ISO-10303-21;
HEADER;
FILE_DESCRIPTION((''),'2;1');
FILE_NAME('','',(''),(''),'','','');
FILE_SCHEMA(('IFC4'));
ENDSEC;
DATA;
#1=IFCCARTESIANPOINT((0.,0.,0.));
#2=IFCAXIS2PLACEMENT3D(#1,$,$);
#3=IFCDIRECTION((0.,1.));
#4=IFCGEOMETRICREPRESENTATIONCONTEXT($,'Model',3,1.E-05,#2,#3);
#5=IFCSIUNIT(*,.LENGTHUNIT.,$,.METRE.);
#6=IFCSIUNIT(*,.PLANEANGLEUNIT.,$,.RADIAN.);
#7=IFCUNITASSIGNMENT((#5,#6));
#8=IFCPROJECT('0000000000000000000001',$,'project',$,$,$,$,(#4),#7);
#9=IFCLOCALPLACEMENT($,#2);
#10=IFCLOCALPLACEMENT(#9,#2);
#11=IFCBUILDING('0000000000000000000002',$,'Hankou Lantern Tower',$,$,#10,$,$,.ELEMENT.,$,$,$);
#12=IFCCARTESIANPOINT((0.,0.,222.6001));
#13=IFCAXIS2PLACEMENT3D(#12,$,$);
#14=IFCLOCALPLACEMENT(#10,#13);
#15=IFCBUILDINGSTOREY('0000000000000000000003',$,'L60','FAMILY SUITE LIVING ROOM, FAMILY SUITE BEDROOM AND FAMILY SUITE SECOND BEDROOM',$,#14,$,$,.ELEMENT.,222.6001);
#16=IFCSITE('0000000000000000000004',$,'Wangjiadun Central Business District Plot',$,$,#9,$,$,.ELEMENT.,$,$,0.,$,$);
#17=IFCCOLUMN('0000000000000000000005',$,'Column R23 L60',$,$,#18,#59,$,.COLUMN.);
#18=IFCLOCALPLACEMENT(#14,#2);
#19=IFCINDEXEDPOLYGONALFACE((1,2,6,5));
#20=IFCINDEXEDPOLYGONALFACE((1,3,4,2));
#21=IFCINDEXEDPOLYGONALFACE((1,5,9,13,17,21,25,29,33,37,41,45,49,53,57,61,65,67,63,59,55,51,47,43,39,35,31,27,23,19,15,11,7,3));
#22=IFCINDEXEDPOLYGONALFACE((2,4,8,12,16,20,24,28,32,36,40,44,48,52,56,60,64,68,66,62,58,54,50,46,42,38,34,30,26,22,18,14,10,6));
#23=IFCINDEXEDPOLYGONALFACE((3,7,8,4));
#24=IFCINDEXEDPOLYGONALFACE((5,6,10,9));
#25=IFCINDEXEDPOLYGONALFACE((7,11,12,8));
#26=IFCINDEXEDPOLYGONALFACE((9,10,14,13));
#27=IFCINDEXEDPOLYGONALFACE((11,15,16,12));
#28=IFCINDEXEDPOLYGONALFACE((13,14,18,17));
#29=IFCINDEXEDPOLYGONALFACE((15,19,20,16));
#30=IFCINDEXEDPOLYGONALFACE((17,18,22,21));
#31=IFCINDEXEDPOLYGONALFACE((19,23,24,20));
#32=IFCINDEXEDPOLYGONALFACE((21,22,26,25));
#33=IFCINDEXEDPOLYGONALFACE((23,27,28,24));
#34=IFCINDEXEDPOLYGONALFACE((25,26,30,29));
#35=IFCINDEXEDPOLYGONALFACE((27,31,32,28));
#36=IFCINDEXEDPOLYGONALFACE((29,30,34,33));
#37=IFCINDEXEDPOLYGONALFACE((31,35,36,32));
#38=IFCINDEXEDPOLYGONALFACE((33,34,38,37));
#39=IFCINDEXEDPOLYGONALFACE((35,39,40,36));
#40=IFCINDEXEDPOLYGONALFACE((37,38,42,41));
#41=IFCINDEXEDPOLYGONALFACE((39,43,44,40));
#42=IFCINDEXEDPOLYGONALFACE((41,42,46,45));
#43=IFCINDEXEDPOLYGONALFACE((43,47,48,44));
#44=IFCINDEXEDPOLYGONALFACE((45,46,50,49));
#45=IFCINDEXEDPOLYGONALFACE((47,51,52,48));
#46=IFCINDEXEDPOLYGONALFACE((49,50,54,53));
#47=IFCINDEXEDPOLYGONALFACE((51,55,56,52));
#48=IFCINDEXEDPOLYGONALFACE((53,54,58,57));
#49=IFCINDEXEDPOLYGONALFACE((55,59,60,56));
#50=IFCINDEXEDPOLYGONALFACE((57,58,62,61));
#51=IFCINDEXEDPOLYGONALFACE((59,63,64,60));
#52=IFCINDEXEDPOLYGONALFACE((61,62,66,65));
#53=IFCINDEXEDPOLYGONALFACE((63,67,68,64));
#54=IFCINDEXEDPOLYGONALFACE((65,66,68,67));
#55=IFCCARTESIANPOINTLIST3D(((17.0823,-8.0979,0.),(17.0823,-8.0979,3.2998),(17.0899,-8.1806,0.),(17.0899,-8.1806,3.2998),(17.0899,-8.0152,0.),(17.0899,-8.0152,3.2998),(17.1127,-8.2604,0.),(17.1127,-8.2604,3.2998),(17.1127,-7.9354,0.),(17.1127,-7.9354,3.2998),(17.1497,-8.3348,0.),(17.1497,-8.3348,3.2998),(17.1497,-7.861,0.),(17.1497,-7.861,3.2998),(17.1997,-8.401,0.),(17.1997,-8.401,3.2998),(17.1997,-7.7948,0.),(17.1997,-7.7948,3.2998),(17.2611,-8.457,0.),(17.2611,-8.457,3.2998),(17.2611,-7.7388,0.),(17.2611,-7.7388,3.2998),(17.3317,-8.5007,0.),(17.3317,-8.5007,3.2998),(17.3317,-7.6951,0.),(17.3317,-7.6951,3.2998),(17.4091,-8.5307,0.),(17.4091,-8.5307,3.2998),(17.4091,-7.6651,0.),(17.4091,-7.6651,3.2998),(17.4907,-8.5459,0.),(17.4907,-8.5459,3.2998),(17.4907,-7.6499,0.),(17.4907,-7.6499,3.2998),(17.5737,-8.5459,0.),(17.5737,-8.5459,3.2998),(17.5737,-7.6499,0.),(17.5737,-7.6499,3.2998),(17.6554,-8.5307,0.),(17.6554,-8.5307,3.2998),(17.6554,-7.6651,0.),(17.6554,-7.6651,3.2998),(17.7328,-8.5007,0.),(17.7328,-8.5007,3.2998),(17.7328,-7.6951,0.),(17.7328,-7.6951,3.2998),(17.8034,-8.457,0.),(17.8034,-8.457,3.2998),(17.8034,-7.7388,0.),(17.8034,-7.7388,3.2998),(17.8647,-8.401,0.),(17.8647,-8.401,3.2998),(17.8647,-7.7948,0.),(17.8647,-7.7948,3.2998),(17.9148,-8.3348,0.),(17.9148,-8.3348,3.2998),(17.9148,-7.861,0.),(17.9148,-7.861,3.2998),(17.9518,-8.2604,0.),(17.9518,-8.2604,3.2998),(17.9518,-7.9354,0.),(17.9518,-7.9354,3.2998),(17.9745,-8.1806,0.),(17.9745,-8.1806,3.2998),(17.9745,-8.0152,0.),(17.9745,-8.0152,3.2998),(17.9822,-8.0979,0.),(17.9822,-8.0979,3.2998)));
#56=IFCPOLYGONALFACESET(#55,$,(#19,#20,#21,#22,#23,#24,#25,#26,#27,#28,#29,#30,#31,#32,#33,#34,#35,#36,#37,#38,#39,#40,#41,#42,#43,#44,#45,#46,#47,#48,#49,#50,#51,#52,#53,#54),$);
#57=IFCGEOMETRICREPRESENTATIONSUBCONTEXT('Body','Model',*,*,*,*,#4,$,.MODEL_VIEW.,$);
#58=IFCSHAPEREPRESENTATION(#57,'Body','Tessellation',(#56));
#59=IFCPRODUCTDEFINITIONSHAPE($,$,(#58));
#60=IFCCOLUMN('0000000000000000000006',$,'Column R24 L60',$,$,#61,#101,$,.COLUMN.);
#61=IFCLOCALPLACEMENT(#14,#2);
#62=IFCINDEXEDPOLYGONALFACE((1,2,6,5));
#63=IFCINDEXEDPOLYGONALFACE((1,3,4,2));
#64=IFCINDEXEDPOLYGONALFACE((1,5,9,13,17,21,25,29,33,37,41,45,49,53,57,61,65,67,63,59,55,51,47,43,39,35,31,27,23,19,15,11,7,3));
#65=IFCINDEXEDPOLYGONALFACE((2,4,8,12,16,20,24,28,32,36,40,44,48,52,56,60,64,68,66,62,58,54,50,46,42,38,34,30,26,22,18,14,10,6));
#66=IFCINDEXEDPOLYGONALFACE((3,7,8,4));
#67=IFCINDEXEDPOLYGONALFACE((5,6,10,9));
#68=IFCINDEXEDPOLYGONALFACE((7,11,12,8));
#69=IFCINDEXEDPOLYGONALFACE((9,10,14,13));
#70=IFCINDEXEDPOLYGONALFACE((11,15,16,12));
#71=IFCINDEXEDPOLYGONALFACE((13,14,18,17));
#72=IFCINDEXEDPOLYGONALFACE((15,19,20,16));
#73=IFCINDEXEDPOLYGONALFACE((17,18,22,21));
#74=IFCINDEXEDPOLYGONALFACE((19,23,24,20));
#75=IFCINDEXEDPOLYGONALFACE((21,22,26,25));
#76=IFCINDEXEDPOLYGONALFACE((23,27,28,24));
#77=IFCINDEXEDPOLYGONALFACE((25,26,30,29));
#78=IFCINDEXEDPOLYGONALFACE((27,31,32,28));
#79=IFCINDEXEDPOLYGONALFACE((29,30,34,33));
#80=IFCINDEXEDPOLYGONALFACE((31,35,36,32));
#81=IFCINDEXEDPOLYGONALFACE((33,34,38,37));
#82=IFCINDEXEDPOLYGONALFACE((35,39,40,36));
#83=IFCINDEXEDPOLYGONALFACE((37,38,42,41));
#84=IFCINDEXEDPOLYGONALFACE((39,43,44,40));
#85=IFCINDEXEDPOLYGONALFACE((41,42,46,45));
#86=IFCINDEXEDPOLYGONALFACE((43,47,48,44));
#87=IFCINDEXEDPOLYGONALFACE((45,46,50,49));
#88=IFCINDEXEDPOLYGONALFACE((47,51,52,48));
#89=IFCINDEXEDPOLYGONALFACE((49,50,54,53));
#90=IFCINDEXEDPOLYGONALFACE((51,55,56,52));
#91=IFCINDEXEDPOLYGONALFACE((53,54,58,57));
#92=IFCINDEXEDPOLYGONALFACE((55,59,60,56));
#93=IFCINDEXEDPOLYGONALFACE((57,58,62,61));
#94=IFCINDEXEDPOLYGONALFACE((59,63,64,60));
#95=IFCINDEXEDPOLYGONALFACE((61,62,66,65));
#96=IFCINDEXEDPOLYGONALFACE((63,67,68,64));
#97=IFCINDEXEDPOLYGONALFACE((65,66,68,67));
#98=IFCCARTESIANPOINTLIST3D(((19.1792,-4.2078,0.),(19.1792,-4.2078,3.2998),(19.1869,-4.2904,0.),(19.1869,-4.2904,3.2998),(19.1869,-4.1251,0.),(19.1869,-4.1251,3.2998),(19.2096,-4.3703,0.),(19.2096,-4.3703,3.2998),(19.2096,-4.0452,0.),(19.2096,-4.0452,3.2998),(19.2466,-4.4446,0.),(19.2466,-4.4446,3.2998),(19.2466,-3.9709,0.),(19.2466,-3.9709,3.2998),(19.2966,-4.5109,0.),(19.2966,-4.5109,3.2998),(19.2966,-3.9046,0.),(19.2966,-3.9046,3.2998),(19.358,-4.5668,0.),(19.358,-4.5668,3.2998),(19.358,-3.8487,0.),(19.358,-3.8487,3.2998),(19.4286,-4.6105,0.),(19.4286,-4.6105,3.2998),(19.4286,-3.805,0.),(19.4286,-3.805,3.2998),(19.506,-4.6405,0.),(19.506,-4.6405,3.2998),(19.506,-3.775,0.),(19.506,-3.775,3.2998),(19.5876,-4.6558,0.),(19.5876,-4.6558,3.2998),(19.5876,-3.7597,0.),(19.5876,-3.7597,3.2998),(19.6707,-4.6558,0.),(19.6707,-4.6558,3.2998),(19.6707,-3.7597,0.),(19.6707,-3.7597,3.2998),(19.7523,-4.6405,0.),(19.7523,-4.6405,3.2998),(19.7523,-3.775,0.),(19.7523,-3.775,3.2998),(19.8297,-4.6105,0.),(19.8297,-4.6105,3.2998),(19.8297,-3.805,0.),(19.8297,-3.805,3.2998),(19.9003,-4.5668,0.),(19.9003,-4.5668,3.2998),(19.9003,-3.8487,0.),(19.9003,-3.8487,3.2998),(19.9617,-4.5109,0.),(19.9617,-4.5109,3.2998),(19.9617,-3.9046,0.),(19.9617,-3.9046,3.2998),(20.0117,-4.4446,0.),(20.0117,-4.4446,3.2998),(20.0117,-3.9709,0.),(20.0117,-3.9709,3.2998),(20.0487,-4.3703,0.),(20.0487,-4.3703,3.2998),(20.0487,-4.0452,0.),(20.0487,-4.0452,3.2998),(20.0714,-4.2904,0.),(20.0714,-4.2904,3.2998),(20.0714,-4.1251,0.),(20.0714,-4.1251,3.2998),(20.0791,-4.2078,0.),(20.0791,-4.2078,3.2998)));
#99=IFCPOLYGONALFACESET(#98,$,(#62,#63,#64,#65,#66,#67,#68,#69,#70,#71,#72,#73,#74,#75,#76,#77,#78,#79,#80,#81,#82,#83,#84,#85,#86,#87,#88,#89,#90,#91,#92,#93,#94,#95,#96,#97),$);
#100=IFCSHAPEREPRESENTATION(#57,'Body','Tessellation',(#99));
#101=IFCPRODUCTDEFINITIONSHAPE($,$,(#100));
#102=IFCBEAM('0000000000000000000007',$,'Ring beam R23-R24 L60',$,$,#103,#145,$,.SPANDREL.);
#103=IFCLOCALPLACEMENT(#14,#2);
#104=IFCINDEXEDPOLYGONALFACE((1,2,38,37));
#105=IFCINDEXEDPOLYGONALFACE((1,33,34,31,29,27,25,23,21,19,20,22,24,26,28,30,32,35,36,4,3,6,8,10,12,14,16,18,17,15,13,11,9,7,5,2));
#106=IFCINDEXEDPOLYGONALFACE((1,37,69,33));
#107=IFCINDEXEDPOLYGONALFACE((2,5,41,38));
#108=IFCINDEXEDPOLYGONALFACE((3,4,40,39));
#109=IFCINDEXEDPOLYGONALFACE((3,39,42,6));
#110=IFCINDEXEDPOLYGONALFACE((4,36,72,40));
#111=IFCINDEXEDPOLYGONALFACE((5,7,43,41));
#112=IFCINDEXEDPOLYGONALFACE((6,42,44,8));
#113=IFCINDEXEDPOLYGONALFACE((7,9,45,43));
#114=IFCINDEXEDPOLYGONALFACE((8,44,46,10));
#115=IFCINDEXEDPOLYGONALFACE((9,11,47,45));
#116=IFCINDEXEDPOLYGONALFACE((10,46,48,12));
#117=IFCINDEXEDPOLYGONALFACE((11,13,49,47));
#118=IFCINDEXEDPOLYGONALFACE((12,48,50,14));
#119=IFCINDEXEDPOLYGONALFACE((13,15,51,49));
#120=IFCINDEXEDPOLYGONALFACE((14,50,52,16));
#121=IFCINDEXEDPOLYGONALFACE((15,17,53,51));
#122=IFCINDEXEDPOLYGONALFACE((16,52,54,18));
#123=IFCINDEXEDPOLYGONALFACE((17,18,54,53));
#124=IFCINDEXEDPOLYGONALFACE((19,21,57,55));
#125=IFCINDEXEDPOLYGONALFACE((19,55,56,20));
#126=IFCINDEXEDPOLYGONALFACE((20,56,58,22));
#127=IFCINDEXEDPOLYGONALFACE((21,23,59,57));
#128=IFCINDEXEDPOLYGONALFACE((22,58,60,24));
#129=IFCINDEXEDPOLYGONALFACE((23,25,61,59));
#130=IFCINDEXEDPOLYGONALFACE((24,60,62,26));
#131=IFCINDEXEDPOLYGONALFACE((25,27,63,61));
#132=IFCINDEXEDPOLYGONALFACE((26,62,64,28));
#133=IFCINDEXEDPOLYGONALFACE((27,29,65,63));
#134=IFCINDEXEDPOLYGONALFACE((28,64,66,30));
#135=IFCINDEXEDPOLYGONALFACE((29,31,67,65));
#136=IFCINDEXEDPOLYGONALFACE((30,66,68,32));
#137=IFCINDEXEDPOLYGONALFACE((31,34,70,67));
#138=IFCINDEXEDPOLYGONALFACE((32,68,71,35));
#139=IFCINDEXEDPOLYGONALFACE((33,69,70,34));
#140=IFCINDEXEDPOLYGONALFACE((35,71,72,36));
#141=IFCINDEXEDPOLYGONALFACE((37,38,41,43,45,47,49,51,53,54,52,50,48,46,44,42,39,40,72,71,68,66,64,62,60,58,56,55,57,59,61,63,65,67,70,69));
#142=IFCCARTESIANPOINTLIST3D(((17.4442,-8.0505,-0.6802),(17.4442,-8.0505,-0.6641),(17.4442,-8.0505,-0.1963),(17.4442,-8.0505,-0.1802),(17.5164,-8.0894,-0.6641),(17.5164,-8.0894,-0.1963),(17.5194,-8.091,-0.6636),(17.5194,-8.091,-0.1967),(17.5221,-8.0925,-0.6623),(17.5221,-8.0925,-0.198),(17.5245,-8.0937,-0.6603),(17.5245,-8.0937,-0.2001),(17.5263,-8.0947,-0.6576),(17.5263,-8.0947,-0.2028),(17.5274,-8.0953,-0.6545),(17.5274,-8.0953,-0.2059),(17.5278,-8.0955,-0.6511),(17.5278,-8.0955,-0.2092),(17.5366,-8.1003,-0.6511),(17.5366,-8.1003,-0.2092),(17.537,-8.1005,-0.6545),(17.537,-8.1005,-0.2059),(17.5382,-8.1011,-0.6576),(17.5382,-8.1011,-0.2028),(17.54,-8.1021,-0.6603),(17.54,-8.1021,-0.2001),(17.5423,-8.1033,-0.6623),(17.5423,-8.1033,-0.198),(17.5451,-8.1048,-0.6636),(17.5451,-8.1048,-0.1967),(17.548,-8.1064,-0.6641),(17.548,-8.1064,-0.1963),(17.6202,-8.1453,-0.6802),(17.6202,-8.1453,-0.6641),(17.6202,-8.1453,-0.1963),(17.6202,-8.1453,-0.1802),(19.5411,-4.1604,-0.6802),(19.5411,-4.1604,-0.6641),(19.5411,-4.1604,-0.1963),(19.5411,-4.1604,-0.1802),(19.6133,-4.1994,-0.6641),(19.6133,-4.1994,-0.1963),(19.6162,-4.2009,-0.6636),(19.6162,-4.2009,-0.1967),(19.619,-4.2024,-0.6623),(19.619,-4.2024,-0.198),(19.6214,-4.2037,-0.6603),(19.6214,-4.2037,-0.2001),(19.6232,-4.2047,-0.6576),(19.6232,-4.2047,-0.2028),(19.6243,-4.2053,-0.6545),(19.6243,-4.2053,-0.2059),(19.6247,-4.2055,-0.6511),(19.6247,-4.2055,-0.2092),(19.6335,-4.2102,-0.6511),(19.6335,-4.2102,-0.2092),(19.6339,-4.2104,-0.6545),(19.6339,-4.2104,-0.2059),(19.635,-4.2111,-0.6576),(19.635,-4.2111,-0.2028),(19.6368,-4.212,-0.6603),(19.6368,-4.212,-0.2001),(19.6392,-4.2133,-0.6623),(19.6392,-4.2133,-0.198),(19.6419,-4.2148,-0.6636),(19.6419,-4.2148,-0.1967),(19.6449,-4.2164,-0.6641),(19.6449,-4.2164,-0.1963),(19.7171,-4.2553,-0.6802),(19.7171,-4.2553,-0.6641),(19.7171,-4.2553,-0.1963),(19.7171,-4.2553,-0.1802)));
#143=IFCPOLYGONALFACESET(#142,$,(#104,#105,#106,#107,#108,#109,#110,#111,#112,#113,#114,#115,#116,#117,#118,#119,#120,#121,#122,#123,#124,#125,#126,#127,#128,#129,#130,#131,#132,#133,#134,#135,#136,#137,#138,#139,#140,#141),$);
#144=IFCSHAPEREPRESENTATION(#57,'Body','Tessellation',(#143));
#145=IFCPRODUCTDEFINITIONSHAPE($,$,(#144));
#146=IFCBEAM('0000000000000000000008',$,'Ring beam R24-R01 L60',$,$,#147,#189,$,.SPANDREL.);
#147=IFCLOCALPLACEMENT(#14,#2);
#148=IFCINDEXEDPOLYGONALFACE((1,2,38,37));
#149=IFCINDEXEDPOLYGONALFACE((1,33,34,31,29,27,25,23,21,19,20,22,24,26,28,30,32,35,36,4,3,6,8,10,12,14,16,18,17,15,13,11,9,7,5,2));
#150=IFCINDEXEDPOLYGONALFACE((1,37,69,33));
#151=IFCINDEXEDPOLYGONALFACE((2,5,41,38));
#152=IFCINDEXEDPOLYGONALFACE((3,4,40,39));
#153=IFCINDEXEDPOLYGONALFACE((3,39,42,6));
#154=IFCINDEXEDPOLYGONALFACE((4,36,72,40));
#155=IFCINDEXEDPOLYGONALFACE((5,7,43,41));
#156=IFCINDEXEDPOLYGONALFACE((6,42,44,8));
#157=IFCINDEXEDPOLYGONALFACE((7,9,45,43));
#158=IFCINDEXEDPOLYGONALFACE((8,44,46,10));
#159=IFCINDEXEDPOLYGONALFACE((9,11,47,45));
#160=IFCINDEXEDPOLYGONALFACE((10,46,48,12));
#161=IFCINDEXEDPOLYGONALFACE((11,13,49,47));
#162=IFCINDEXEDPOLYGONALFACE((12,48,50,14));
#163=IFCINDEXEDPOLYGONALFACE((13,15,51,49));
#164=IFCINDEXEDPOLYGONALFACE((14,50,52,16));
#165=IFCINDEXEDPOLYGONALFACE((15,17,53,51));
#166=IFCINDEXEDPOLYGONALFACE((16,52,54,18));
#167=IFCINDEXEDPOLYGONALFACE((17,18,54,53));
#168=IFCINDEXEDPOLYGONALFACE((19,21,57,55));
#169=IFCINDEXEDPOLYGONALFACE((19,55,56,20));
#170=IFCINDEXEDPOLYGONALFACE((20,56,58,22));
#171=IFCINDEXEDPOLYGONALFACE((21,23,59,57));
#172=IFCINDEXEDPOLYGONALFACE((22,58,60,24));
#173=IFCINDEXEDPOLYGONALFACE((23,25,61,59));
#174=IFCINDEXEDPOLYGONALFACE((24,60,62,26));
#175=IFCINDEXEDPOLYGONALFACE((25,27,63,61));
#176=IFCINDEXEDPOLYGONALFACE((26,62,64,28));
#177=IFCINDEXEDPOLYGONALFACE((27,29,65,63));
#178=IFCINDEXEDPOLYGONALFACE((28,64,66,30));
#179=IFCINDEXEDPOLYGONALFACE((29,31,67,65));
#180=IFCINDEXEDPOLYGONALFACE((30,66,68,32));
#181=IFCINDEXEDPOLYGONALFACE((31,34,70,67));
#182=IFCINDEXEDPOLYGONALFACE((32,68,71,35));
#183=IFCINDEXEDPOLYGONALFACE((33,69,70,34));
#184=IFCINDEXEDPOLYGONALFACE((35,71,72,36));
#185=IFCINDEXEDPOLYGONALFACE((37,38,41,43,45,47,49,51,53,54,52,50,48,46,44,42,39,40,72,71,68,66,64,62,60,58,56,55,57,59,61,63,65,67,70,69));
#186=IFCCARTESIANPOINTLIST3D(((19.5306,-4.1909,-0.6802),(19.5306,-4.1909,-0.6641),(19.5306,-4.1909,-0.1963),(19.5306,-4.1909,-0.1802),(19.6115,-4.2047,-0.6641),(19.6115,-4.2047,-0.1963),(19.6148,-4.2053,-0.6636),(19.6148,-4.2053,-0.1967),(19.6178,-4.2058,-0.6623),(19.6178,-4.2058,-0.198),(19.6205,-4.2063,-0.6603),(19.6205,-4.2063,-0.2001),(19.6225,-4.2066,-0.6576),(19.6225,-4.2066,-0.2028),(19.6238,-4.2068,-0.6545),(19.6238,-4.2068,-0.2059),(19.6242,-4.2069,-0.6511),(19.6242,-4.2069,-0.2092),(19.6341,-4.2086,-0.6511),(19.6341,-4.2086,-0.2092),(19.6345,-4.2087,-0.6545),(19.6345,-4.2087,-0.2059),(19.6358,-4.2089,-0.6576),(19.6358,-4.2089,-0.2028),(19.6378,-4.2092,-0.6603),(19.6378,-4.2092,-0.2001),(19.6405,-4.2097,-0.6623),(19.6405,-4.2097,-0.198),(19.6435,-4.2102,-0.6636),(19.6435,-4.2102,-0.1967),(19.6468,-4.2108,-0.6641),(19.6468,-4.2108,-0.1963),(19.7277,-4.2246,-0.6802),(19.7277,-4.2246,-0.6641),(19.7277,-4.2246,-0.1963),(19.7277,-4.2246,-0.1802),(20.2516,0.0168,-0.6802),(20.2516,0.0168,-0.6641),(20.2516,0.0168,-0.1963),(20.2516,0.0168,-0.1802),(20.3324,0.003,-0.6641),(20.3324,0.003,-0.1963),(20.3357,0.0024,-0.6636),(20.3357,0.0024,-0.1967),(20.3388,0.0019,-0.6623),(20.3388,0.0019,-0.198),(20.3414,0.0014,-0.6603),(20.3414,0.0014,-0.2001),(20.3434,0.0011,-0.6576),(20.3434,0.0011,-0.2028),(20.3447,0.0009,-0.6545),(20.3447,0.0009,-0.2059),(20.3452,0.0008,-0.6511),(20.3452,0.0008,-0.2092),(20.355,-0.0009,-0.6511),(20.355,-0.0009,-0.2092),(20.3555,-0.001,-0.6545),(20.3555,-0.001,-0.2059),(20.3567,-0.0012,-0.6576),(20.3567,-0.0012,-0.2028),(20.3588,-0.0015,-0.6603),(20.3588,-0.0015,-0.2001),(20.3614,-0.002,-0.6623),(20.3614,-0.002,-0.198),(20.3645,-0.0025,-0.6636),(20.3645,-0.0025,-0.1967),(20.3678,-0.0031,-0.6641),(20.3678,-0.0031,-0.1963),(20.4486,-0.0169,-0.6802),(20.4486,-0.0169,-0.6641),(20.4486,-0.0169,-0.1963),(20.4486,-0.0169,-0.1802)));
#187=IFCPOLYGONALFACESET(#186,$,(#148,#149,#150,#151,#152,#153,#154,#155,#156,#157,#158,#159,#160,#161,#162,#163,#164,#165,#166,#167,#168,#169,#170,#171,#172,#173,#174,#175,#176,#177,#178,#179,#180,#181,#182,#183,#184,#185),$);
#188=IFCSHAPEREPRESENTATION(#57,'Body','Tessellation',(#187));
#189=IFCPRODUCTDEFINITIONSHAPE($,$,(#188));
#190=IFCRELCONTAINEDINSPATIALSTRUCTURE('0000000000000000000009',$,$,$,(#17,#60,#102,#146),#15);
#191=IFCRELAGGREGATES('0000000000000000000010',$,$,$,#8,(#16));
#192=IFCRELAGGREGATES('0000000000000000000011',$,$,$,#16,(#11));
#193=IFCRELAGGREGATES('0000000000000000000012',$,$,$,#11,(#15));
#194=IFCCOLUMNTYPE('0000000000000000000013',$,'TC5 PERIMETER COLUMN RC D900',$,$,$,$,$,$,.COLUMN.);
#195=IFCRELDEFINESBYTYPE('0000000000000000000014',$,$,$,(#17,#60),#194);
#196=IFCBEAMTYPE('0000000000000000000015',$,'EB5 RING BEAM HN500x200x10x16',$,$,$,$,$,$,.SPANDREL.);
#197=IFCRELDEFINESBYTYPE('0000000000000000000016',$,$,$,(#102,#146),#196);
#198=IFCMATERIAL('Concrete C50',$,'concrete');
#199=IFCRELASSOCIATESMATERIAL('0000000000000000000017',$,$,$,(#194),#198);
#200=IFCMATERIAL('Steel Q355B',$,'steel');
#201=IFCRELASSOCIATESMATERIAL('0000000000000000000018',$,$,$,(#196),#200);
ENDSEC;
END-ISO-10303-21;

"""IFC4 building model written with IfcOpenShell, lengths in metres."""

from ifc_helpers import new_model, si_unit, direction, frame, origin, origin_2d, place, context, subcontext, project, spatial, circle, i_section, extrude, material, material_profile, profile_set, type_object, element, save


model = new_model("IFC4")

# Units and contexts
model_context = context("Model", 3, precision=1e-05, world=origin(), true_north=direction((0.0, 1.0)))
body_context = subcontext(model_context, "Body", "Model", "MODEL_VIEW")
ifc_project = project(units=[si_unit("LENGTHUNIT", "METRE"), si_unit("PLANEANGLEUNIT", "RADIAN")], contexts=[model_context])

# Site, building, storey
site_placement = place(None, origin())
site = spatial("IfcSite", under=ifc_project, at=site_placement, Name="Wangjiadun Central Business District Plot", CompositionType="ELEMENT", RefElevation=0.0)
building_placement = place(site_placement, origin())
building = spatial("IfcBuilding", under=site, at=building_placement, Name="Hankou Lantern Tower", CompositionType="ELEMENT")
storey_placement = place(building_placement, frame((0.0, 0.0, 222.6001)))
storey = spatial("IfcBuildingStorey", under=building, at=storey_placement, Name="L60", Description="FAMILY SUITE LIVING ROOM, FAMILY SUITE BEDROOM AND FAMILY SUITE SECOND BEDROOM", CompositionType="ELEMENT", Elevation=222.6001)

# Columns
ifc_material_1 = material(Name="Concrete C50", Category="concrete")
ifc_material_profile_1 = material_profile(ifc_material_1, circle(Radius=0.45, at=origin_2d()), Name="RC D900")
ifc_profile_set_1 = profile_set([ifc_material_profile_1], Name="Concrete C50")
column_type = type_object("IfcColumnType", Name="TC5 PERIMETER COLUMN RC D900", PredefinedType="COLUMN", material=ifc_profile_set_1)
for number, where, z_axis, x_axis, name in (
    (1, (17.5322, -8.0979, 0.0), (0.0, 0.0, 1.0), (1.0, 0.0, 0.0), "Column R23 L60"),
    (2, (19.6292, -4.2078, 0.0), (0.0, 0.0, 1.0), (1.0, 0.0, 0.0), "Column R24 L60"),
):
    element("IfcColumn", number, at=place(storey_placement, frame(where, z_axis=z_axis, x_axis=x_axis)), inside=storey, type_object=column_type, Name=name, PredefinedType="COLUMN", context=body_context, shape_type="SweptSolid", body=[
        extrude(circle(Radius=0.45, at=origin_2d()), origin(), (0.0, 0.0, 1.0), 3.2998),
    ])

# Beams
ifc_material_2 = material(Name="Steel Q355B", Category="steel")
ifc_material_profile_2 = material_profile(ifc_material_2, i_section(OverallWidth=0.2, OverallDepth=0.5, WebThickness=0.01, FlangeThickness=0.0161, FilletRadius=0.0129, at=origin_2d()), Name="HN500x200x10x16")
ifc_profile_set_2 = profile_set([ifc_material_profile_2], Name="Steel Q355B")
beam_type = type_object("IfcBeamType", Name="EB5 RING BEAM HN500x200x10x16", PredefinedType="SPANDREL", material=ifc_profile_set_2)
beam_1_placement = place(storey_placement, frame((17.5322, -8.0979, -0.4302), z_axis=(0.474492, 0.88026, 0.0), x_axis=(-0.88026, 0.474492, 0.0)))
element("IfcBeam", 3, at=beam_1_placement, inside=storey, type_object=beam_type, Name="Ring beam R23-R24 L60", PredefinedType="SPANDREL", context=body_context, shape_type="SweptSolid", body=[
    extrude(i_section(OverallWidth=0.2, OverallDepth=0.5, WebThickness=0.01, FlangeThickness=0.0161, FilletRadius=0.0129, at=origin_2d()), origin(), (0.0, 0.0, 1.0), 4.4192),
])
beam_2_placement = place(storey_placement, frame((19.6292, -4.2078, -0.4302), z_axis=(0.168877, 0.985637, 0.0), x_axis=(-0.985637, 0.168877, 0.0)))
element("IfcBeam", 4, at=beam_2_placement, inside=storey, type_object=beam_type, Name="Ring beam R24-R01 L60", PredefinedType="SPANDREL", context=body_context, shape_type="SweptSolid", body=[
    extrude(i_section(OverallWidth=0.2, OverallDepth=0.5, WebThickness=0.01, FlangeThickness=0.0161, FilletRadius=0.0129, at=origin_2d()), origin(), (0.0, 0.0, 1.0), 4.269),
])

save(model, "model.ifc")
